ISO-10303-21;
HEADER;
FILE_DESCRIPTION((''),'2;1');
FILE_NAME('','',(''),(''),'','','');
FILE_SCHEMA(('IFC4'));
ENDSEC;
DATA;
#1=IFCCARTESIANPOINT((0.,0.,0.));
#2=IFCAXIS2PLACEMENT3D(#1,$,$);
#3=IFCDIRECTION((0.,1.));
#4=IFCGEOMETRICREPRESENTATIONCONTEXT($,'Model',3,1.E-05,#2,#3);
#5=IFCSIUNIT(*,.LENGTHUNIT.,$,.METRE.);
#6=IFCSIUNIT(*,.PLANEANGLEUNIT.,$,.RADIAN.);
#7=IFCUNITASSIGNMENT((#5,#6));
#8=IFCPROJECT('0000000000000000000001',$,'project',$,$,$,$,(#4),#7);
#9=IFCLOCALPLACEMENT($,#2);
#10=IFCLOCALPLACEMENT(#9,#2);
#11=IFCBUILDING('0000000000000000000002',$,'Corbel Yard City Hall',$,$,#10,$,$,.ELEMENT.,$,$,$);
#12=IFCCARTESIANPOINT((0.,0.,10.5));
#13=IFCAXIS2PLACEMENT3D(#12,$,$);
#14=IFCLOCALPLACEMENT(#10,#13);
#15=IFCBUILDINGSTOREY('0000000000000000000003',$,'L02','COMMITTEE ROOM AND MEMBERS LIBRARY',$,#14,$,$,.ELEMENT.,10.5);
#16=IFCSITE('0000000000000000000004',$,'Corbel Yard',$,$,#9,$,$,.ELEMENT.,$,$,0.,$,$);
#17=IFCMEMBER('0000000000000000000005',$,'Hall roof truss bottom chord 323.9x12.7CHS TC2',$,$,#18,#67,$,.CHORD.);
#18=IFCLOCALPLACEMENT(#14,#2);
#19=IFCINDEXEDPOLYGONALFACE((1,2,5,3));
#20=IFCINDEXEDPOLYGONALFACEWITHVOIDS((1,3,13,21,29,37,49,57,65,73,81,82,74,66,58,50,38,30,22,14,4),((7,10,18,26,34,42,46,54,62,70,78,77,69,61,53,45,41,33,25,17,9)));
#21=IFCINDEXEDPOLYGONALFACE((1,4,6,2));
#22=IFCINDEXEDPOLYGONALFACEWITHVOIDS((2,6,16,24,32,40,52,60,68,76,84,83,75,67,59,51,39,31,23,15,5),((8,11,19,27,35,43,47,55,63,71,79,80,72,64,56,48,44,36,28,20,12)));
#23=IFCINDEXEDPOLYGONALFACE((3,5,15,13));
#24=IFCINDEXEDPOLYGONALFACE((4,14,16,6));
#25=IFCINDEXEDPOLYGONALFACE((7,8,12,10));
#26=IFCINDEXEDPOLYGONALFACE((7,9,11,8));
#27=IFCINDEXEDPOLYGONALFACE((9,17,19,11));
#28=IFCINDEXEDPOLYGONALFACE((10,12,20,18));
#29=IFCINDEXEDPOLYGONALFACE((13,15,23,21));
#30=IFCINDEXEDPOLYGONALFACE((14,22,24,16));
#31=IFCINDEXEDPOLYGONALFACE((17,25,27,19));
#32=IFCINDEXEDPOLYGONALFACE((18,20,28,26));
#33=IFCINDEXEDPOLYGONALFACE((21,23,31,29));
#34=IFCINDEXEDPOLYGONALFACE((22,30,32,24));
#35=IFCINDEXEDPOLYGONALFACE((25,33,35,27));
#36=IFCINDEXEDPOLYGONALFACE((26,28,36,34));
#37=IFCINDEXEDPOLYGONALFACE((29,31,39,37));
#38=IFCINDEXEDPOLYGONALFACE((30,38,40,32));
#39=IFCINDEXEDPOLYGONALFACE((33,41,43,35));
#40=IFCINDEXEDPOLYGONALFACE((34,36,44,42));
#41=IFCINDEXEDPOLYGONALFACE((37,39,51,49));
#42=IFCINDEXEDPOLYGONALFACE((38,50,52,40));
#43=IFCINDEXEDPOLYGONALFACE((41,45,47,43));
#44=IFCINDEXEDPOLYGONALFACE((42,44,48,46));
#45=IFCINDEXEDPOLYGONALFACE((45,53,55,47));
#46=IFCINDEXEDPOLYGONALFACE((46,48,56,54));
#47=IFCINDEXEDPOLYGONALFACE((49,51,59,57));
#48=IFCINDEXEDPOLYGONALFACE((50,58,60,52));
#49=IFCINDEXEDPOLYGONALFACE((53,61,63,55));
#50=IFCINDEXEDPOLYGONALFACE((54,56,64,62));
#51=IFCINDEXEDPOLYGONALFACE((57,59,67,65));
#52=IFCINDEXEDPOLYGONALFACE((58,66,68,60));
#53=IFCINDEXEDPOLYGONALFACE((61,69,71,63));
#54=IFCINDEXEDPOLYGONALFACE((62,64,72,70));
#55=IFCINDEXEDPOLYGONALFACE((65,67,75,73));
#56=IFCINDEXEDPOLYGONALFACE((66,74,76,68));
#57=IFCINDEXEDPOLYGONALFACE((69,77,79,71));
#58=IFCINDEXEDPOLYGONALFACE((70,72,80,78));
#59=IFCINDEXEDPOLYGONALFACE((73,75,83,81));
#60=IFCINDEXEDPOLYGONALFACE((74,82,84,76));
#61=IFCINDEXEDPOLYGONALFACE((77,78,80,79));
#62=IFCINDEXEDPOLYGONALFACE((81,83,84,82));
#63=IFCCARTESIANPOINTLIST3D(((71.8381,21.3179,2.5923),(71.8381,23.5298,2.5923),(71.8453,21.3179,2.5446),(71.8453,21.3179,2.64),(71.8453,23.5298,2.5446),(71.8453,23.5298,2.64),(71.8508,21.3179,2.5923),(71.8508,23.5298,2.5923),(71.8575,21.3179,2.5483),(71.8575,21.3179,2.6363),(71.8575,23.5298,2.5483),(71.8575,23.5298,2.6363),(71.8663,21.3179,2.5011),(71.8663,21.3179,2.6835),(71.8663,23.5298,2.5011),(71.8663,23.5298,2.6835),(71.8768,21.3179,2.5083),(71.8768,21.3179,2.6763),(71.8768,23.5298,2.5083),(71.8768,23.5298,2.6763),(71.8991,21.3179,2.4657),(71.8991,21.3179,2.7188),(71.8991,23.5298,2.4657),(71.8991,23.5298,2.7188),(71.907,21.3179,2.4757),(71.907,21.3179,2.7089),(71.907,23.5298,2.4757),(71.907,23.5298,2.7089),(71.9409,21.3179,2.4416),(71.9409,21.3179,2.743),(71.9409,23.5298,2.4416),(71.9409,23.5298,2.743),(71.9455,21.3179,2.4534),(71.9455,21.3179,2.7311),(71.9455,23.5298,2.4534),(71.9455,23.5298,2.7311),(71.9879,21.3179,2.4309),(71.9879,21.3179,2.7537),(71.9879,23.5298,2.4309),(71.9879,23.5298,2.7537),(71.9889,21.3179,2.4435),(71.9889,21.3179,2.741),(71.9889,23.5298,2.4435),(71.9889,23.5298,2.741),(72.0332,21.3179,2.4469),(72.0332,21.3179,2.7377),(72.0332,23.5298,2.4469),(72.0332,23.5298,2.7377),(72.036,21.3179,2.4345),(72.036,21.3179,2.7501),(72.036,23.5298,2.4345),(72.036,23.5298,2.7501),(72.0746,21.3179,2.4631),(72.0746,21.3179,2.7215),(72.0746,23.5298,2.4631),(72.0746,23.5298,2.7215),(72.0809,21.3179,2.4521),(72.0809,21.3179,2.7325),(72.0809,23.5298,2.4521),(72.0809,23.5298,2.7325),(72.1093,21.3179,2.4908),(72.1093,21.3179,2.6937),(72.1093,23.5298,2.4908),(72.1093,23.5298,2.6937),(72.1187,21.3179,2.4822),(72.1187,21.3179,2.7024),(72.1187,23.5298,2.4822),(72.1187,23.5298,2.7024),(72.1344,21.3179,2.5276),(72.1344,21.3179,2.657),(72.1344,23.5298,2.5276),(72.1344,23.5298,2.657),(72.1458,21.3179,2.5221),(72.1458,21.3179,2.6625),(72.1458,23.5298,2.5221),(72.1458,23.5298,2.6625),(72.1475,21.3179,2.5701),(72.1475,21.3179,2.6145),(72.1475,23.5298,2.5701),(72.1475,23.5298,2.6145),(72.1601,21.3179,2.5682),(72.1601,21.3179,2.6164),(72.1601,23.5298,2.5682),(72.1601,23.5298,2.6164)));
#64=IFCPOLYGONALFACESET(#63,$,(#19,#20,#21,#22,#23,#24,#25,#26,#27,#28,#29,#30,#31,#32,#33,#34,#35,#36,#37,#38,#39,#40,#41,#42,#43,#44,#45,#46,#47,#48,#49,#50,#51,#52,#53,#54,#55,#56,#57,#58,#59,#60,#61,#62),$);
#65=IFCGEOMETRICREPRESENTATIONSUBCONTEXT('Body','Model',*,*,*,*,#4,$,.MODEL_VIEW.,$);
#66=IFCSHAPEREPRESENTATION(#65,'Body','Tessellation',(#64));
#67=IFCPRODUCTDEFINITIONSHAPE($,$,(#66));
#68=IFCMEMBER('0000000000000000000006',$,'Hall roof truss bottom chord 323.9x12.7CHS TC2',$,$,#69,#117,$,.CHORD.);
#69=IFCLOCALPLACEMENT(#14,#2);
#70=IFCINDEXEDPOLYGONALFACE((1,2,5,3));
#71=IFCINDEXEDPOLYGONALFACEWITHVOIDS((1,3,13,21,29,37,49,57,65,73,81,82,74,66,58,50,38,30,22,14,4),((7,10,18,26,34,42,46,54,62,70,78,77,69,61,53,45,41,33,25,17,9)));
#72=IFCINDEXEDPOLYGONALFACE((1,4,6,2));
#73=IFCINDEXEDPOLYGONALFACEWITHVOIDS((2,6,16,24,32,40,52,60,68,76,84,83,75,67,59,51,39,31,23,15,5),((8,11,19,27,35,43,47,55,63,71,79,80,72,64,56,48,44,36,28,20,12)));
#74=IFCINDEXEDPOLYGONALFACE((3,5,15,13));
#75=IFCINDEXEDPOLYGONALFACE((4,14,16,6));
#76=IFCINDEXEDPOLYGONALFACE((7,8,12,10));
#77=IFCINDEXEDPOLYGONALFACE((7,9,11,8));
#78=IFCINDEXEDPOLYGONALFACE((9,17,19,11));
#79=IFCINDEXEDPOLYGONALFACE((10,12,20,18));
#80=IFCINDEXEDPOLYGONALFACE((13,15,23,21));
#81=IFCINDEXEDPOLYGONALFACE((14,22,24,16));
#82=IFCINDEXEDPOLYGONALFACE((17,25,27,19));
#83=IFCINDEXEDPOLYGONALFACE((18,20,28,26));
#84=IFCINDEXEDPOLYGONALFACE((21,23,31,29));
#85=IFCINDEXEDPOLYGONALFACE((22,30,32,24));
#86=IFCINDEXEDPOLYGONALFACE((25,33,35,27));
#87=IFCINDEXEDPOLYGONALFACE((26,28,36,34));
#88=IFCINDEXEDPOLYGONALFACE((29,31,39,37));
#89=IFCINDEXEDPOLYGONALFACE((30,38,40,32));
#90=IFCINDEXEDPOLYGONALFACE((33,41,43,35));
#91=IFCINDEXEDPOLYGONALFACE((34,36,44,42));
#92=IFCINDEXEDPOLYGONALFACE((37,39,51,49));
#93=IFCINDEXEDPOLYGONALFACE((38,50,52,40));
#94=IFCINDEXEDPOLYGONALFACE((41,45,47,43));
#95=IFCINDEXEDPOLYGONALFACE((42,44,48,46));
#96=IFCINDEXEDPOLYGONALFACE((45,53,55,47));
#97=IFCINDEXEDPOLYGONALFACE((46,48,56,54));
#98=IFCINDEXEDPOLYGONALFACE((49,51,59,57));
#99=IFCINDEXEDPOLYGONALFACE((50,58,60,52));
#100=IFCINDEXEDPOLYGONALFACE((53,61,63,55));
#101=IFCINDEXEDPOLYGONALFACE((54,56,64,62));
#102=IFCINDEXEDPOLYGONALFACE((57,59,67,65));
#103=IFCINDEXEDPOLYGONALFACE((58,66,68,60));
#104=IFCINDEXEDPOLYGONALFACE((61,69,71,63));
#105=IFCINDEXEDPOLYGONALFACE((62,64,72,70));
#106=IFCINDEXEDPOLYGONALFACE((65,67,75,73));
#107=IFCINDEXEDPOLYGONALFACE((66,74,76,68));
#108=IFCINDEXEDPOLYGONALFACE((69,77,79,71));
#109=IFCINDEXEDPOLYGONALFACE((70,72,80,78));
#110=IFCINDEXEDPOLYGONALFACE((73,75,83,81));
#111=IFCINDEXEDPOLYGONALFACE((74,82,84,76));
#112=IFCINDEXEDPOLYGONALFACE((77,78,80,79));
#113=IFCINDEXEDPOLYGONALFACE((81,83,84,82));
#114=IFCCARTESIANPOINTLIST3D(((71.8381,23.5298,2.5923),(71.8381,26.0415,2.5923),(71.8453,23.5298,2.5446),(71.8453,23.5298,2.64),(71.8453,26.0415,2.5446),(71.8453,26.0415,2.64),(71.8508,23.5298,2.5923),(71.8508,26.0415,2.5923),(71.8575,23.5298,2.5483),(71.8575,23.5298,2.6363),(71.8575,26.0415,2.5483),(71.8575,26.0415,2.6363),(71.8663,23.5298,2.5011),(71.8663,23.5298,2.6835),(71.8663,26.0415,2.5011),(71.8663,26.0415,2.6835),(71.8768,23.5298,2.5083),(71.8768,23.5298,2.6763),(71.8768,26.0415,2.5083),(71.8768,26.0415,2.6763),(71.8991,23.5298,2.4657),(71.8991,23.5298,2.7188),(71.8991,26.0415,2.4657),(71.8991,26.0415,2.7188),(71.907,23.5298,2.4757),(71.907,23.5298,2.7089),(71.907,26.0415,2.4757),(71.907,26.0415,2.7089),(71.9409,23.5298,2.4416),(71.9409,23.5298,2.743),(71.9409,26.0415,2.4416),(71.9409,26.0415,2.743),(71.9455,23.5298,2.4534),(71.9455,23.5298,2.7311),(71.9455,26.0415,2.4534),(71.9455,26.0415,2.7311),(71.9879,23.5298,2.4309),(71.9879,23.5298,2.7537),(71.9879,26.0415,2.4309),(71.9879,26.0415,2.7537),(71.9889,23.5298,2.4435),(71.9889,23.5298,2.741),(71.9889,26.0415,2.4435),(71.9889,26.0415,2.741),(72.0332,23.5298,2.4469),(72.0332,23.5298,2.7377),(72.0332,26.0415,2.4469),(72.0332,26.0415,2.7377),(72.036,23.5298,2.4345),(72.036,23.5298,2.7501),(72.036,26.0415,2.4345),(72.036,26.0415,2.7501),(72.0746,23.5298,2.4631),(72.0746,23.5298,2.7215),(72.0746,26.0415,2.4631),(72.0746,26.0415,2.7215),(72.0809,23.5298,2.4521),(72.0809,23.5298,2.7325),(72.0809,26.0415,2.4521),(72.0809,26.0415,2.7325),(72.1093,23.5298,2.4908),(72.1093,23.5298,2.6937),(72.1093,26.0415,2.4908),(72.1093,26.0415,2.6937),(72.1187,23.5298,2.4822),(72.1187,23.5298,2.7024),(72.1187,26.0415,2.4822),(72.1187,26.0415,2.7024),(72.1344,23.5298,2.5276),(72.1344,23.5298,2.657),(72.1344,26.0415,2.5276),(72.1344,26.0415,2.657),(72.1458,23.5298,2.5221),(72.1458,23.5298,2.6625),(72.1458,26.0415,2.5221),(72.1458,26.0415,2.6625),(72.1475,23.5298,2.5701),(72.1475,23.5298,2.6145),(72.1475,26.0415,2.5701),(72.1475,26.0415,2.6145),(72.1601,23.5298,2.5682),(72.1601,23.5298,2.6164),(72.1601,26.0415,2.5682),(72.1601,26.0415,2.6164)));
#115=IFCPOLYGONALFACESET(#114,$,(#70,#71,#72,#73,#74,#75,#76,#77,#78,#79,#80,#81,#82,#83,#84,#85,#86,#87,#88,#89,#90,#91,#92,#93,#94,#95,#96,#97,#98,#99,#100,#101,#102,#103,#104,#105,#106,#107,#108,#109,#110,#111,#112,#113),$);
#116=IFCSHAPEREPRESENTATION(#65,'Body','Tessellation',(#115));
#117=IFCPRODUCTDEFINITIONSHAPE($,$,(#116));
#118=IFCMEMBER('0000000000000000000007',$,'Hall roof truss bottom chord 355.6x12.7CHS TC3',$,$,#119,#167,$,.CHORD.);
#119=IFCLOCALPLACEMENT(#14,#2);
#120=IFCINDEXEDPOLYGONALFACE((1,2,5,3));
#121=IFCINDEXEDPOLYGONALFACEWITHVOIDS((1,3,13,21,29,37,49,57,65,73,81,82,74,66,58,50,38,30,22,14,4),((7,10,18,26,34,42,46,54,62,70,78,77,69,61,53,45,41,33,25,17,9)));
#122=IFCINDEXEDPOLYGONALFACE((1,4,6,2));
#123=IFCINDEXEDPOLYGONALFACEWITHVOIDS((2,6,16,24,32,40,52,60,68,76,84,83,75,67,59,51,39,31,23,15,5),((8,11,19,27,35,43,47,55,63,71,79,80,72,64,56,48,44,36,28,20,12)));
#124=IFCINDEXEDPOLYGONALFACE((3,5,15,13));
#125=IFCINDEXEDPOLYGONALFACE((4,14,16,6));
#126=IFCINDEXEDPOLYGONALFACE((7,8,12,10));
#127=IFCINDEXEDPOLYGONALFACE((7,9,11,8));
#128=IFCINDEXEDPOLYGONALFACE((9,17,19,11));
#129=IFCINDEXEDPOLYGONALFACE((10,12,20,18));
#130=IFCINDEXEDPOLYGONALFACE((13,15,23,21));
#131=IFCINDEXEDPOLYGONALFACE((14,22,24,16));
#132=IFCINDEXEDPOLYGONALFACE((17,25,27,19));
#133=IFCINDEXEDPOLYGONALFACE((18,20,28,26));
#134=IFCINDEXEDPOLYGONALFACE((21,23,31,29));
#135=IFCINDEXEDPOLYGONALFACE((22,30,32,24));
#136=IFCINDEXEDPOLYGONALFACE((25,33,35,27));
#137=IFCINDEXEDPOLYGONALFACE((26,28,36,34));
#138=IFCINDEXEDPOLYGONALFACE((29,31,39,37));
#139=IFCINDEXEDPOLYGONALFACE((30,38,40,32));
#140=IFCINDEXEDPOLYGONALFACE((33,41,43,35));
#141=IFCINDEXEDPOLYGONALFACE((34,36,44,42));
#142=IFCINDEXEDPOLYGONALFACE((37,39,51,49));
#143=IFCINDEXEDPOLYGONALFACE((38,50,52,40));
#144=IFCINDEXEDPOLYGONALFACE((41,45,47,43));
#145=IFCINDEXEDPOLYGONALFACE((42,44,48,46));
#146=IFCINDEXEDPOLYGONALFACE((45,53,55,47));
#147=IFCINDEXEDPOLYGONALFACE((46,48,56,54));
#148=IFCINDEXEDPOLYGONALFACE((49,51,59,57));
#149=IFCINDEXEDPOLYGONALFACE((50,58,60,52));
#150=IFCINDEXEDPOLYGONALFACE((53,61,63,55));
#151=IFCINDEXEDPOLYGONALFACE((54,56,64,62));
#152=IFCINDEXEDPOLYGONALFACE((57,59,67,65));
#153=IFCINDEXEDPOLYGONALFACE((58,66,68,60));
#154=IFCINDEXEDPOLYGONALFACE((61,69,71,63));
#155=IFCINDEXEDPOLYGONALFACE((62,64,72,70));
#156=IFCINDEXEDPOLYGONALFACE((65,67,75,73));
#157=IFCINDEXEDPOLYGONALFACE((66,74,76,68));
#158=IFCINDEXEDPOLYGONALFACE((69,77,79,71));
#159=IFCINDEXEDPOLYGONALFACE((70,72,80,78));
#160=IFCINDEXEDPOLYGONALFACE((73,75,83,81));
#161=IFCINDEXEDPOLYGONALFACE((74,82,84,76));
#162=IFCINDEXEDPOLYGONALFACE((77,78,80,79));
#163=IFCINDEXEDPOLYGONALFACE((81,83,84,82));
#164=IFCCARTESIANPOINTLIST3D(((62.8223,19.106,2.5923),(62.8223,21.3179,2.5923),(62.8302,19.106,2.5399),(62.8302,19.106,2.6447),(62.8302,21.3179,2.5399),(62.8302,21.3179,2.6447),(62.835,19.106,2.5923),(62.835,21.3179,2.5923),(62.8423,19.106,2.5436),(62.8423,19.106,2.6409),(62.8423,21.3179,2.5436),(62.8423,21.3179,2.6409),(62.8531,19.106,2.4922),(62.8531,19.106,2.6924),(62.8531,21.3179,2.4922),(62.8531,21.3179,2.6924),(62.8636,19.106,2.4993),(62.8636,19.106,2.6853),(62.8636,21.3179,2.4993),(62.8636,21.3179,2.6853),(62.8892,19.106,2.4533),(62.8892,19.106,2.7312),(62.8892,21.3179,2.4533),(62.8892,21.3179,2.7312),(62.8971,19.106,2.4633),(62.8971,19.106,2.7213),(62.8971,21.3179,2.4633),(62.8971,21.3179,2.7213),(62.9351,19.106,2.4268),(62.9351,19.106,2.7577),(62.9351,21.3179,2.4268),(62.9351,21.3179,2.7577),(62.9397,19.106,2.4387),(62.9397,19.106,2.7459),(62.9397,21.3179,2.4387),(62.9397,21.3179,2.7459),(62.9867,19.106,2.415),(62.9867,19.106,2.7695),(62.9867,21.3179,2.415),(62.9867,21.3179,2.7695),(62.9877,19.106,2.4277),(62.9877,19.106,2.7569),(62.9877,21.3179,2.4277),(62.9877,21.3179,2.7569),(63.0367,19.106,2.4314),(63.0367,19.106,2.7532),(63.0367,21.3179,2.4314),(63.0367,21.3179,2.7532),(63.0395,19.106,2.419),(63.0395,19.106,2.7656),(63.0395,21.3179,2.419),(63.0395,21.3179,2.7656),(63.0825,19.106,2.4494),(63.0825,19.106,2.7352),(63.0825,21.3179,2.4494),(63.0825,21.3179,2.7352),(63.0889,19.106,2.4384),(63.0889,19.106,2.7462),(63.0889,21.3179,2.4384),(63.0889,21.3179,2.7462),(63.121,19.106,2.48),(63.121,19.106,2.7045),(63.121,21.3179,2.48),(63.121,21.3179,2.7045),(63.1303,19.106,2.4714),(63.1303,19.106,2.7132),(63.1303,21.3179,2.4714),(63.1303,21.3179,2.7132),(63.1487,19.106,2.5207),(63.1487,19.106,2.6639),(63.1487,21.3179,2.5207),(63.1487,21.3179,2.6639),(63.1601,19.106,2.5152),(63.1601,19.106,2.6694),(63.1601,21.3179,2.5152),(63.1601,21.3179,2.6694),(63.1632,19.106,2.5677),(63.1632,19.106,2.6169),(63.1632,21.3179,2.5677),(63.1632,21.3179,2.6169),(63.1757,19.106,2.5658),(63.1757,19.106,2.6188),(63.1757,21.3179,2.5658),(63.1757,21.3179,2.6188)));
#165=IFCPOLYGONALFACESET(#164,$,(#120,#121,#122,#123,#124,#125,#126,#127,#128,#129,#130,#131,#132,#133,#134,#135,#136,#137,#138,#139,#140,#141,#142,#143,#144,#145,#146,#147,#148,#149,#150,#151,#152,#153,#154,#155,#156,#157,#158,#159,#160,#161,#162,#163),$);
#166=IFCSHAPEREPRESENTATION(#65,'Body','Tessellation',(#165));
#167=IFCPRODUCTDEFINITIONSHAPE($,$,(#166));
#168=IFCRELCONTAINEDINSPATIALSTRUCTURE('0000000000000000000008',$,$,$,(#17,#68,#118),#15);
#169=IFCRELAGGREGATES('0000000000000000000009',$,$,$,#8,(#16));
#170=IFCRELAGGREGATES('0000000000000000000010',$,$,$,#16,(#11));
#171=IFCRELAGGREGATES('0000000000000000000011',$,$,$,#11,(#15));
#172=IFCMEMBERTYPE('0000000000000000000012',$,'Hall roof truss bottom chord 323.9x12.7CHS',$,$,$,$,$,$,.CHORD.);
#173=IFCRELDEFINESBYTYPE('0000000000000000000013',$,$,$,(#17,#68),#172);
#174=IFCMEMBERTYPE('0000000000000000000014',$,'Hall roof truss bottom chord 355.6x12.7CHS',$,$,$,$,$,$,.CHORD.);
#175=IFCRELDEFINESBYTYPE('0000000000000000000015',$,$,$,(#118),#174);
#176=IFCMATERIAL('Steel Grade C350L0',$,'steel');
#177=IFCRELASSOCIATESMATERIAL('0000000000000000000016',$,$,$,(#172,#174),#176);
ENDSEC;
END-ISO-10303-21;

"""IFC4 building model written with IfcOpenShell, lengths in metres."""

from ifc_helpers import new_model, si_unit, direction, frame, origin, origin_2d, place, context, subcontext, project, spatial, hollow_circle, extrude, material, material_profile, profile_set, type_object, element, save


model = new_model("IFC4")

# Units and contexts
model_context = context("Model", 3, precision=1e-05, world=origin(), true_north=direction((0.0, 1.0)))
body_context = subcontext(model_context, "Body", "Model", "MODEL_VIEW")
ifc_project = project(units=[si_unit("LENGTHUNIT", "METRE"), si_unit("PLANEANGLEUNIT", "RADIAN")], contexts=[model_context])

# Site, building, storey
site_placement = place(None, origin())
site = spatial("IfcSite", under=ifc_project, at=site_placement, Name="Corbel Yard", CompositionType="ELEMENT", RefElevation=0.0)
building_placement = place(site_placement, origin())
building = spatial("IfcBuilding", under=site, at=building_placement, Name="Corbel Yard City Hall", CompositionType="ELEMENT")
storey_placement = place(building_placement, frame((0.0, 0.0, 10.5)))
storey = spatial("IfcBuildingStorey", under=building, at=storey_placement, Name="L02", Description="COMMITTEE ROOM AND MEMBERS LIBRARY", CompositionType="ELEMENT", Elevation=10.5)

# Members
ifc_material_1 = material(Name="Steel Grade C350L0", Category="steel")
ifc_material_profile_1 = material_profile(ifc_material_1, hollow_circle(Radius=0.1619, WallThickness=0.0127, at=origin_2d()), Name="323.9x12.7CHS")
ifc_profile_set_1 = profile_set([ifc_material_profile_1], Name="Steel Grade C350L0")
member_type_1 = type_object("IfcMemberType", Name="Hall roof truss bottom chord 323.9x12.7CHS", PredefinedType="CHORD", material=ifc_profile_set_1)
member_1_placement = place(storey_placement, frame((72.0, 21.3179, 2.5923), z_axis=(0.0, 1.0, 0.0), x_axis=(-1.0, 0.0, 0.0)))
element("IfcMember", 1, at=member_1_placement, inside=storey, type_object=member_type_1, Name="Hall roof truss bottom chord 323.9x12.7CHS TC2", PredefinedType="CHORD", context=body_context, shape_type="SweptSolid", body=[
    extrude(hollow_circle(Radius=0.1619, WallThickness=0.0127, at=origin_2d()), origin(), (0.0, 0.0, 1.0), 2.2119),
])
member_2_placement = place(storey_placement, frame((72.0, 23.5298, 2.5923), z_axis=(0.0, 1.0, 0.0), x_axis=(-1.0, 0.0, 0.0)))
element("IfcMember", 2, at=member_2_placement, inside=storey, type_object=member_type_1, Name="Hall roof truss bottom chord 323.9x12.7CHS TC2", PredefinedType="CHORD", context=body_context, shape_type="SweptSolid", body=[
    extrude(hollow_circle(Radius=0.1619, WallThickness=0.0127, at=origin_2d()), origin(), (0.0, 0.0, 1.0), 2.5117),
])
ifc_material_profile_2 = material_profile(ifc_material_1, hollow_circle(Radius=0.1777, WallThickness=0.0127, at=origin_2d()), Name="355.6x12.7CHS")
ifc_profile_set_2 = profile_set([ifc_material_profile_2], Name="Steel Grade C350L0")
member_type_2 = type_object("IfcMemberType", Name="Hall roof truss bottom chord 355.6x12.7CHS", PredefinedType="CHORD", material=ifc_profile_set_2)
for number, where, z_axis, x_axis, name in (
    (3, (63.0, 19.106, 2.5923), (0.0, 1.0, 0.0), (-1.0, 0.0, 0.0), "Hall roof truss bottom chord 355.6x12.7CHS TC3"),
):
    element("IfcMember", number, at=place(storey_placement, frame(where, z_axis=z_axis, x_axis=x_axis)), inside=storey, type_object=member_type_2, Name=name, PredefinedType="CHORD", context=body_context, shape_type="SweptSolid", body=[
        extrude(hollow_circle(Radius=0.1777, WallThickness=0.0127, at=origin_2d()), origin(), (0.0, 0.0, 1.0), 2.2119),
    ])

save(model, "model.ifc")
